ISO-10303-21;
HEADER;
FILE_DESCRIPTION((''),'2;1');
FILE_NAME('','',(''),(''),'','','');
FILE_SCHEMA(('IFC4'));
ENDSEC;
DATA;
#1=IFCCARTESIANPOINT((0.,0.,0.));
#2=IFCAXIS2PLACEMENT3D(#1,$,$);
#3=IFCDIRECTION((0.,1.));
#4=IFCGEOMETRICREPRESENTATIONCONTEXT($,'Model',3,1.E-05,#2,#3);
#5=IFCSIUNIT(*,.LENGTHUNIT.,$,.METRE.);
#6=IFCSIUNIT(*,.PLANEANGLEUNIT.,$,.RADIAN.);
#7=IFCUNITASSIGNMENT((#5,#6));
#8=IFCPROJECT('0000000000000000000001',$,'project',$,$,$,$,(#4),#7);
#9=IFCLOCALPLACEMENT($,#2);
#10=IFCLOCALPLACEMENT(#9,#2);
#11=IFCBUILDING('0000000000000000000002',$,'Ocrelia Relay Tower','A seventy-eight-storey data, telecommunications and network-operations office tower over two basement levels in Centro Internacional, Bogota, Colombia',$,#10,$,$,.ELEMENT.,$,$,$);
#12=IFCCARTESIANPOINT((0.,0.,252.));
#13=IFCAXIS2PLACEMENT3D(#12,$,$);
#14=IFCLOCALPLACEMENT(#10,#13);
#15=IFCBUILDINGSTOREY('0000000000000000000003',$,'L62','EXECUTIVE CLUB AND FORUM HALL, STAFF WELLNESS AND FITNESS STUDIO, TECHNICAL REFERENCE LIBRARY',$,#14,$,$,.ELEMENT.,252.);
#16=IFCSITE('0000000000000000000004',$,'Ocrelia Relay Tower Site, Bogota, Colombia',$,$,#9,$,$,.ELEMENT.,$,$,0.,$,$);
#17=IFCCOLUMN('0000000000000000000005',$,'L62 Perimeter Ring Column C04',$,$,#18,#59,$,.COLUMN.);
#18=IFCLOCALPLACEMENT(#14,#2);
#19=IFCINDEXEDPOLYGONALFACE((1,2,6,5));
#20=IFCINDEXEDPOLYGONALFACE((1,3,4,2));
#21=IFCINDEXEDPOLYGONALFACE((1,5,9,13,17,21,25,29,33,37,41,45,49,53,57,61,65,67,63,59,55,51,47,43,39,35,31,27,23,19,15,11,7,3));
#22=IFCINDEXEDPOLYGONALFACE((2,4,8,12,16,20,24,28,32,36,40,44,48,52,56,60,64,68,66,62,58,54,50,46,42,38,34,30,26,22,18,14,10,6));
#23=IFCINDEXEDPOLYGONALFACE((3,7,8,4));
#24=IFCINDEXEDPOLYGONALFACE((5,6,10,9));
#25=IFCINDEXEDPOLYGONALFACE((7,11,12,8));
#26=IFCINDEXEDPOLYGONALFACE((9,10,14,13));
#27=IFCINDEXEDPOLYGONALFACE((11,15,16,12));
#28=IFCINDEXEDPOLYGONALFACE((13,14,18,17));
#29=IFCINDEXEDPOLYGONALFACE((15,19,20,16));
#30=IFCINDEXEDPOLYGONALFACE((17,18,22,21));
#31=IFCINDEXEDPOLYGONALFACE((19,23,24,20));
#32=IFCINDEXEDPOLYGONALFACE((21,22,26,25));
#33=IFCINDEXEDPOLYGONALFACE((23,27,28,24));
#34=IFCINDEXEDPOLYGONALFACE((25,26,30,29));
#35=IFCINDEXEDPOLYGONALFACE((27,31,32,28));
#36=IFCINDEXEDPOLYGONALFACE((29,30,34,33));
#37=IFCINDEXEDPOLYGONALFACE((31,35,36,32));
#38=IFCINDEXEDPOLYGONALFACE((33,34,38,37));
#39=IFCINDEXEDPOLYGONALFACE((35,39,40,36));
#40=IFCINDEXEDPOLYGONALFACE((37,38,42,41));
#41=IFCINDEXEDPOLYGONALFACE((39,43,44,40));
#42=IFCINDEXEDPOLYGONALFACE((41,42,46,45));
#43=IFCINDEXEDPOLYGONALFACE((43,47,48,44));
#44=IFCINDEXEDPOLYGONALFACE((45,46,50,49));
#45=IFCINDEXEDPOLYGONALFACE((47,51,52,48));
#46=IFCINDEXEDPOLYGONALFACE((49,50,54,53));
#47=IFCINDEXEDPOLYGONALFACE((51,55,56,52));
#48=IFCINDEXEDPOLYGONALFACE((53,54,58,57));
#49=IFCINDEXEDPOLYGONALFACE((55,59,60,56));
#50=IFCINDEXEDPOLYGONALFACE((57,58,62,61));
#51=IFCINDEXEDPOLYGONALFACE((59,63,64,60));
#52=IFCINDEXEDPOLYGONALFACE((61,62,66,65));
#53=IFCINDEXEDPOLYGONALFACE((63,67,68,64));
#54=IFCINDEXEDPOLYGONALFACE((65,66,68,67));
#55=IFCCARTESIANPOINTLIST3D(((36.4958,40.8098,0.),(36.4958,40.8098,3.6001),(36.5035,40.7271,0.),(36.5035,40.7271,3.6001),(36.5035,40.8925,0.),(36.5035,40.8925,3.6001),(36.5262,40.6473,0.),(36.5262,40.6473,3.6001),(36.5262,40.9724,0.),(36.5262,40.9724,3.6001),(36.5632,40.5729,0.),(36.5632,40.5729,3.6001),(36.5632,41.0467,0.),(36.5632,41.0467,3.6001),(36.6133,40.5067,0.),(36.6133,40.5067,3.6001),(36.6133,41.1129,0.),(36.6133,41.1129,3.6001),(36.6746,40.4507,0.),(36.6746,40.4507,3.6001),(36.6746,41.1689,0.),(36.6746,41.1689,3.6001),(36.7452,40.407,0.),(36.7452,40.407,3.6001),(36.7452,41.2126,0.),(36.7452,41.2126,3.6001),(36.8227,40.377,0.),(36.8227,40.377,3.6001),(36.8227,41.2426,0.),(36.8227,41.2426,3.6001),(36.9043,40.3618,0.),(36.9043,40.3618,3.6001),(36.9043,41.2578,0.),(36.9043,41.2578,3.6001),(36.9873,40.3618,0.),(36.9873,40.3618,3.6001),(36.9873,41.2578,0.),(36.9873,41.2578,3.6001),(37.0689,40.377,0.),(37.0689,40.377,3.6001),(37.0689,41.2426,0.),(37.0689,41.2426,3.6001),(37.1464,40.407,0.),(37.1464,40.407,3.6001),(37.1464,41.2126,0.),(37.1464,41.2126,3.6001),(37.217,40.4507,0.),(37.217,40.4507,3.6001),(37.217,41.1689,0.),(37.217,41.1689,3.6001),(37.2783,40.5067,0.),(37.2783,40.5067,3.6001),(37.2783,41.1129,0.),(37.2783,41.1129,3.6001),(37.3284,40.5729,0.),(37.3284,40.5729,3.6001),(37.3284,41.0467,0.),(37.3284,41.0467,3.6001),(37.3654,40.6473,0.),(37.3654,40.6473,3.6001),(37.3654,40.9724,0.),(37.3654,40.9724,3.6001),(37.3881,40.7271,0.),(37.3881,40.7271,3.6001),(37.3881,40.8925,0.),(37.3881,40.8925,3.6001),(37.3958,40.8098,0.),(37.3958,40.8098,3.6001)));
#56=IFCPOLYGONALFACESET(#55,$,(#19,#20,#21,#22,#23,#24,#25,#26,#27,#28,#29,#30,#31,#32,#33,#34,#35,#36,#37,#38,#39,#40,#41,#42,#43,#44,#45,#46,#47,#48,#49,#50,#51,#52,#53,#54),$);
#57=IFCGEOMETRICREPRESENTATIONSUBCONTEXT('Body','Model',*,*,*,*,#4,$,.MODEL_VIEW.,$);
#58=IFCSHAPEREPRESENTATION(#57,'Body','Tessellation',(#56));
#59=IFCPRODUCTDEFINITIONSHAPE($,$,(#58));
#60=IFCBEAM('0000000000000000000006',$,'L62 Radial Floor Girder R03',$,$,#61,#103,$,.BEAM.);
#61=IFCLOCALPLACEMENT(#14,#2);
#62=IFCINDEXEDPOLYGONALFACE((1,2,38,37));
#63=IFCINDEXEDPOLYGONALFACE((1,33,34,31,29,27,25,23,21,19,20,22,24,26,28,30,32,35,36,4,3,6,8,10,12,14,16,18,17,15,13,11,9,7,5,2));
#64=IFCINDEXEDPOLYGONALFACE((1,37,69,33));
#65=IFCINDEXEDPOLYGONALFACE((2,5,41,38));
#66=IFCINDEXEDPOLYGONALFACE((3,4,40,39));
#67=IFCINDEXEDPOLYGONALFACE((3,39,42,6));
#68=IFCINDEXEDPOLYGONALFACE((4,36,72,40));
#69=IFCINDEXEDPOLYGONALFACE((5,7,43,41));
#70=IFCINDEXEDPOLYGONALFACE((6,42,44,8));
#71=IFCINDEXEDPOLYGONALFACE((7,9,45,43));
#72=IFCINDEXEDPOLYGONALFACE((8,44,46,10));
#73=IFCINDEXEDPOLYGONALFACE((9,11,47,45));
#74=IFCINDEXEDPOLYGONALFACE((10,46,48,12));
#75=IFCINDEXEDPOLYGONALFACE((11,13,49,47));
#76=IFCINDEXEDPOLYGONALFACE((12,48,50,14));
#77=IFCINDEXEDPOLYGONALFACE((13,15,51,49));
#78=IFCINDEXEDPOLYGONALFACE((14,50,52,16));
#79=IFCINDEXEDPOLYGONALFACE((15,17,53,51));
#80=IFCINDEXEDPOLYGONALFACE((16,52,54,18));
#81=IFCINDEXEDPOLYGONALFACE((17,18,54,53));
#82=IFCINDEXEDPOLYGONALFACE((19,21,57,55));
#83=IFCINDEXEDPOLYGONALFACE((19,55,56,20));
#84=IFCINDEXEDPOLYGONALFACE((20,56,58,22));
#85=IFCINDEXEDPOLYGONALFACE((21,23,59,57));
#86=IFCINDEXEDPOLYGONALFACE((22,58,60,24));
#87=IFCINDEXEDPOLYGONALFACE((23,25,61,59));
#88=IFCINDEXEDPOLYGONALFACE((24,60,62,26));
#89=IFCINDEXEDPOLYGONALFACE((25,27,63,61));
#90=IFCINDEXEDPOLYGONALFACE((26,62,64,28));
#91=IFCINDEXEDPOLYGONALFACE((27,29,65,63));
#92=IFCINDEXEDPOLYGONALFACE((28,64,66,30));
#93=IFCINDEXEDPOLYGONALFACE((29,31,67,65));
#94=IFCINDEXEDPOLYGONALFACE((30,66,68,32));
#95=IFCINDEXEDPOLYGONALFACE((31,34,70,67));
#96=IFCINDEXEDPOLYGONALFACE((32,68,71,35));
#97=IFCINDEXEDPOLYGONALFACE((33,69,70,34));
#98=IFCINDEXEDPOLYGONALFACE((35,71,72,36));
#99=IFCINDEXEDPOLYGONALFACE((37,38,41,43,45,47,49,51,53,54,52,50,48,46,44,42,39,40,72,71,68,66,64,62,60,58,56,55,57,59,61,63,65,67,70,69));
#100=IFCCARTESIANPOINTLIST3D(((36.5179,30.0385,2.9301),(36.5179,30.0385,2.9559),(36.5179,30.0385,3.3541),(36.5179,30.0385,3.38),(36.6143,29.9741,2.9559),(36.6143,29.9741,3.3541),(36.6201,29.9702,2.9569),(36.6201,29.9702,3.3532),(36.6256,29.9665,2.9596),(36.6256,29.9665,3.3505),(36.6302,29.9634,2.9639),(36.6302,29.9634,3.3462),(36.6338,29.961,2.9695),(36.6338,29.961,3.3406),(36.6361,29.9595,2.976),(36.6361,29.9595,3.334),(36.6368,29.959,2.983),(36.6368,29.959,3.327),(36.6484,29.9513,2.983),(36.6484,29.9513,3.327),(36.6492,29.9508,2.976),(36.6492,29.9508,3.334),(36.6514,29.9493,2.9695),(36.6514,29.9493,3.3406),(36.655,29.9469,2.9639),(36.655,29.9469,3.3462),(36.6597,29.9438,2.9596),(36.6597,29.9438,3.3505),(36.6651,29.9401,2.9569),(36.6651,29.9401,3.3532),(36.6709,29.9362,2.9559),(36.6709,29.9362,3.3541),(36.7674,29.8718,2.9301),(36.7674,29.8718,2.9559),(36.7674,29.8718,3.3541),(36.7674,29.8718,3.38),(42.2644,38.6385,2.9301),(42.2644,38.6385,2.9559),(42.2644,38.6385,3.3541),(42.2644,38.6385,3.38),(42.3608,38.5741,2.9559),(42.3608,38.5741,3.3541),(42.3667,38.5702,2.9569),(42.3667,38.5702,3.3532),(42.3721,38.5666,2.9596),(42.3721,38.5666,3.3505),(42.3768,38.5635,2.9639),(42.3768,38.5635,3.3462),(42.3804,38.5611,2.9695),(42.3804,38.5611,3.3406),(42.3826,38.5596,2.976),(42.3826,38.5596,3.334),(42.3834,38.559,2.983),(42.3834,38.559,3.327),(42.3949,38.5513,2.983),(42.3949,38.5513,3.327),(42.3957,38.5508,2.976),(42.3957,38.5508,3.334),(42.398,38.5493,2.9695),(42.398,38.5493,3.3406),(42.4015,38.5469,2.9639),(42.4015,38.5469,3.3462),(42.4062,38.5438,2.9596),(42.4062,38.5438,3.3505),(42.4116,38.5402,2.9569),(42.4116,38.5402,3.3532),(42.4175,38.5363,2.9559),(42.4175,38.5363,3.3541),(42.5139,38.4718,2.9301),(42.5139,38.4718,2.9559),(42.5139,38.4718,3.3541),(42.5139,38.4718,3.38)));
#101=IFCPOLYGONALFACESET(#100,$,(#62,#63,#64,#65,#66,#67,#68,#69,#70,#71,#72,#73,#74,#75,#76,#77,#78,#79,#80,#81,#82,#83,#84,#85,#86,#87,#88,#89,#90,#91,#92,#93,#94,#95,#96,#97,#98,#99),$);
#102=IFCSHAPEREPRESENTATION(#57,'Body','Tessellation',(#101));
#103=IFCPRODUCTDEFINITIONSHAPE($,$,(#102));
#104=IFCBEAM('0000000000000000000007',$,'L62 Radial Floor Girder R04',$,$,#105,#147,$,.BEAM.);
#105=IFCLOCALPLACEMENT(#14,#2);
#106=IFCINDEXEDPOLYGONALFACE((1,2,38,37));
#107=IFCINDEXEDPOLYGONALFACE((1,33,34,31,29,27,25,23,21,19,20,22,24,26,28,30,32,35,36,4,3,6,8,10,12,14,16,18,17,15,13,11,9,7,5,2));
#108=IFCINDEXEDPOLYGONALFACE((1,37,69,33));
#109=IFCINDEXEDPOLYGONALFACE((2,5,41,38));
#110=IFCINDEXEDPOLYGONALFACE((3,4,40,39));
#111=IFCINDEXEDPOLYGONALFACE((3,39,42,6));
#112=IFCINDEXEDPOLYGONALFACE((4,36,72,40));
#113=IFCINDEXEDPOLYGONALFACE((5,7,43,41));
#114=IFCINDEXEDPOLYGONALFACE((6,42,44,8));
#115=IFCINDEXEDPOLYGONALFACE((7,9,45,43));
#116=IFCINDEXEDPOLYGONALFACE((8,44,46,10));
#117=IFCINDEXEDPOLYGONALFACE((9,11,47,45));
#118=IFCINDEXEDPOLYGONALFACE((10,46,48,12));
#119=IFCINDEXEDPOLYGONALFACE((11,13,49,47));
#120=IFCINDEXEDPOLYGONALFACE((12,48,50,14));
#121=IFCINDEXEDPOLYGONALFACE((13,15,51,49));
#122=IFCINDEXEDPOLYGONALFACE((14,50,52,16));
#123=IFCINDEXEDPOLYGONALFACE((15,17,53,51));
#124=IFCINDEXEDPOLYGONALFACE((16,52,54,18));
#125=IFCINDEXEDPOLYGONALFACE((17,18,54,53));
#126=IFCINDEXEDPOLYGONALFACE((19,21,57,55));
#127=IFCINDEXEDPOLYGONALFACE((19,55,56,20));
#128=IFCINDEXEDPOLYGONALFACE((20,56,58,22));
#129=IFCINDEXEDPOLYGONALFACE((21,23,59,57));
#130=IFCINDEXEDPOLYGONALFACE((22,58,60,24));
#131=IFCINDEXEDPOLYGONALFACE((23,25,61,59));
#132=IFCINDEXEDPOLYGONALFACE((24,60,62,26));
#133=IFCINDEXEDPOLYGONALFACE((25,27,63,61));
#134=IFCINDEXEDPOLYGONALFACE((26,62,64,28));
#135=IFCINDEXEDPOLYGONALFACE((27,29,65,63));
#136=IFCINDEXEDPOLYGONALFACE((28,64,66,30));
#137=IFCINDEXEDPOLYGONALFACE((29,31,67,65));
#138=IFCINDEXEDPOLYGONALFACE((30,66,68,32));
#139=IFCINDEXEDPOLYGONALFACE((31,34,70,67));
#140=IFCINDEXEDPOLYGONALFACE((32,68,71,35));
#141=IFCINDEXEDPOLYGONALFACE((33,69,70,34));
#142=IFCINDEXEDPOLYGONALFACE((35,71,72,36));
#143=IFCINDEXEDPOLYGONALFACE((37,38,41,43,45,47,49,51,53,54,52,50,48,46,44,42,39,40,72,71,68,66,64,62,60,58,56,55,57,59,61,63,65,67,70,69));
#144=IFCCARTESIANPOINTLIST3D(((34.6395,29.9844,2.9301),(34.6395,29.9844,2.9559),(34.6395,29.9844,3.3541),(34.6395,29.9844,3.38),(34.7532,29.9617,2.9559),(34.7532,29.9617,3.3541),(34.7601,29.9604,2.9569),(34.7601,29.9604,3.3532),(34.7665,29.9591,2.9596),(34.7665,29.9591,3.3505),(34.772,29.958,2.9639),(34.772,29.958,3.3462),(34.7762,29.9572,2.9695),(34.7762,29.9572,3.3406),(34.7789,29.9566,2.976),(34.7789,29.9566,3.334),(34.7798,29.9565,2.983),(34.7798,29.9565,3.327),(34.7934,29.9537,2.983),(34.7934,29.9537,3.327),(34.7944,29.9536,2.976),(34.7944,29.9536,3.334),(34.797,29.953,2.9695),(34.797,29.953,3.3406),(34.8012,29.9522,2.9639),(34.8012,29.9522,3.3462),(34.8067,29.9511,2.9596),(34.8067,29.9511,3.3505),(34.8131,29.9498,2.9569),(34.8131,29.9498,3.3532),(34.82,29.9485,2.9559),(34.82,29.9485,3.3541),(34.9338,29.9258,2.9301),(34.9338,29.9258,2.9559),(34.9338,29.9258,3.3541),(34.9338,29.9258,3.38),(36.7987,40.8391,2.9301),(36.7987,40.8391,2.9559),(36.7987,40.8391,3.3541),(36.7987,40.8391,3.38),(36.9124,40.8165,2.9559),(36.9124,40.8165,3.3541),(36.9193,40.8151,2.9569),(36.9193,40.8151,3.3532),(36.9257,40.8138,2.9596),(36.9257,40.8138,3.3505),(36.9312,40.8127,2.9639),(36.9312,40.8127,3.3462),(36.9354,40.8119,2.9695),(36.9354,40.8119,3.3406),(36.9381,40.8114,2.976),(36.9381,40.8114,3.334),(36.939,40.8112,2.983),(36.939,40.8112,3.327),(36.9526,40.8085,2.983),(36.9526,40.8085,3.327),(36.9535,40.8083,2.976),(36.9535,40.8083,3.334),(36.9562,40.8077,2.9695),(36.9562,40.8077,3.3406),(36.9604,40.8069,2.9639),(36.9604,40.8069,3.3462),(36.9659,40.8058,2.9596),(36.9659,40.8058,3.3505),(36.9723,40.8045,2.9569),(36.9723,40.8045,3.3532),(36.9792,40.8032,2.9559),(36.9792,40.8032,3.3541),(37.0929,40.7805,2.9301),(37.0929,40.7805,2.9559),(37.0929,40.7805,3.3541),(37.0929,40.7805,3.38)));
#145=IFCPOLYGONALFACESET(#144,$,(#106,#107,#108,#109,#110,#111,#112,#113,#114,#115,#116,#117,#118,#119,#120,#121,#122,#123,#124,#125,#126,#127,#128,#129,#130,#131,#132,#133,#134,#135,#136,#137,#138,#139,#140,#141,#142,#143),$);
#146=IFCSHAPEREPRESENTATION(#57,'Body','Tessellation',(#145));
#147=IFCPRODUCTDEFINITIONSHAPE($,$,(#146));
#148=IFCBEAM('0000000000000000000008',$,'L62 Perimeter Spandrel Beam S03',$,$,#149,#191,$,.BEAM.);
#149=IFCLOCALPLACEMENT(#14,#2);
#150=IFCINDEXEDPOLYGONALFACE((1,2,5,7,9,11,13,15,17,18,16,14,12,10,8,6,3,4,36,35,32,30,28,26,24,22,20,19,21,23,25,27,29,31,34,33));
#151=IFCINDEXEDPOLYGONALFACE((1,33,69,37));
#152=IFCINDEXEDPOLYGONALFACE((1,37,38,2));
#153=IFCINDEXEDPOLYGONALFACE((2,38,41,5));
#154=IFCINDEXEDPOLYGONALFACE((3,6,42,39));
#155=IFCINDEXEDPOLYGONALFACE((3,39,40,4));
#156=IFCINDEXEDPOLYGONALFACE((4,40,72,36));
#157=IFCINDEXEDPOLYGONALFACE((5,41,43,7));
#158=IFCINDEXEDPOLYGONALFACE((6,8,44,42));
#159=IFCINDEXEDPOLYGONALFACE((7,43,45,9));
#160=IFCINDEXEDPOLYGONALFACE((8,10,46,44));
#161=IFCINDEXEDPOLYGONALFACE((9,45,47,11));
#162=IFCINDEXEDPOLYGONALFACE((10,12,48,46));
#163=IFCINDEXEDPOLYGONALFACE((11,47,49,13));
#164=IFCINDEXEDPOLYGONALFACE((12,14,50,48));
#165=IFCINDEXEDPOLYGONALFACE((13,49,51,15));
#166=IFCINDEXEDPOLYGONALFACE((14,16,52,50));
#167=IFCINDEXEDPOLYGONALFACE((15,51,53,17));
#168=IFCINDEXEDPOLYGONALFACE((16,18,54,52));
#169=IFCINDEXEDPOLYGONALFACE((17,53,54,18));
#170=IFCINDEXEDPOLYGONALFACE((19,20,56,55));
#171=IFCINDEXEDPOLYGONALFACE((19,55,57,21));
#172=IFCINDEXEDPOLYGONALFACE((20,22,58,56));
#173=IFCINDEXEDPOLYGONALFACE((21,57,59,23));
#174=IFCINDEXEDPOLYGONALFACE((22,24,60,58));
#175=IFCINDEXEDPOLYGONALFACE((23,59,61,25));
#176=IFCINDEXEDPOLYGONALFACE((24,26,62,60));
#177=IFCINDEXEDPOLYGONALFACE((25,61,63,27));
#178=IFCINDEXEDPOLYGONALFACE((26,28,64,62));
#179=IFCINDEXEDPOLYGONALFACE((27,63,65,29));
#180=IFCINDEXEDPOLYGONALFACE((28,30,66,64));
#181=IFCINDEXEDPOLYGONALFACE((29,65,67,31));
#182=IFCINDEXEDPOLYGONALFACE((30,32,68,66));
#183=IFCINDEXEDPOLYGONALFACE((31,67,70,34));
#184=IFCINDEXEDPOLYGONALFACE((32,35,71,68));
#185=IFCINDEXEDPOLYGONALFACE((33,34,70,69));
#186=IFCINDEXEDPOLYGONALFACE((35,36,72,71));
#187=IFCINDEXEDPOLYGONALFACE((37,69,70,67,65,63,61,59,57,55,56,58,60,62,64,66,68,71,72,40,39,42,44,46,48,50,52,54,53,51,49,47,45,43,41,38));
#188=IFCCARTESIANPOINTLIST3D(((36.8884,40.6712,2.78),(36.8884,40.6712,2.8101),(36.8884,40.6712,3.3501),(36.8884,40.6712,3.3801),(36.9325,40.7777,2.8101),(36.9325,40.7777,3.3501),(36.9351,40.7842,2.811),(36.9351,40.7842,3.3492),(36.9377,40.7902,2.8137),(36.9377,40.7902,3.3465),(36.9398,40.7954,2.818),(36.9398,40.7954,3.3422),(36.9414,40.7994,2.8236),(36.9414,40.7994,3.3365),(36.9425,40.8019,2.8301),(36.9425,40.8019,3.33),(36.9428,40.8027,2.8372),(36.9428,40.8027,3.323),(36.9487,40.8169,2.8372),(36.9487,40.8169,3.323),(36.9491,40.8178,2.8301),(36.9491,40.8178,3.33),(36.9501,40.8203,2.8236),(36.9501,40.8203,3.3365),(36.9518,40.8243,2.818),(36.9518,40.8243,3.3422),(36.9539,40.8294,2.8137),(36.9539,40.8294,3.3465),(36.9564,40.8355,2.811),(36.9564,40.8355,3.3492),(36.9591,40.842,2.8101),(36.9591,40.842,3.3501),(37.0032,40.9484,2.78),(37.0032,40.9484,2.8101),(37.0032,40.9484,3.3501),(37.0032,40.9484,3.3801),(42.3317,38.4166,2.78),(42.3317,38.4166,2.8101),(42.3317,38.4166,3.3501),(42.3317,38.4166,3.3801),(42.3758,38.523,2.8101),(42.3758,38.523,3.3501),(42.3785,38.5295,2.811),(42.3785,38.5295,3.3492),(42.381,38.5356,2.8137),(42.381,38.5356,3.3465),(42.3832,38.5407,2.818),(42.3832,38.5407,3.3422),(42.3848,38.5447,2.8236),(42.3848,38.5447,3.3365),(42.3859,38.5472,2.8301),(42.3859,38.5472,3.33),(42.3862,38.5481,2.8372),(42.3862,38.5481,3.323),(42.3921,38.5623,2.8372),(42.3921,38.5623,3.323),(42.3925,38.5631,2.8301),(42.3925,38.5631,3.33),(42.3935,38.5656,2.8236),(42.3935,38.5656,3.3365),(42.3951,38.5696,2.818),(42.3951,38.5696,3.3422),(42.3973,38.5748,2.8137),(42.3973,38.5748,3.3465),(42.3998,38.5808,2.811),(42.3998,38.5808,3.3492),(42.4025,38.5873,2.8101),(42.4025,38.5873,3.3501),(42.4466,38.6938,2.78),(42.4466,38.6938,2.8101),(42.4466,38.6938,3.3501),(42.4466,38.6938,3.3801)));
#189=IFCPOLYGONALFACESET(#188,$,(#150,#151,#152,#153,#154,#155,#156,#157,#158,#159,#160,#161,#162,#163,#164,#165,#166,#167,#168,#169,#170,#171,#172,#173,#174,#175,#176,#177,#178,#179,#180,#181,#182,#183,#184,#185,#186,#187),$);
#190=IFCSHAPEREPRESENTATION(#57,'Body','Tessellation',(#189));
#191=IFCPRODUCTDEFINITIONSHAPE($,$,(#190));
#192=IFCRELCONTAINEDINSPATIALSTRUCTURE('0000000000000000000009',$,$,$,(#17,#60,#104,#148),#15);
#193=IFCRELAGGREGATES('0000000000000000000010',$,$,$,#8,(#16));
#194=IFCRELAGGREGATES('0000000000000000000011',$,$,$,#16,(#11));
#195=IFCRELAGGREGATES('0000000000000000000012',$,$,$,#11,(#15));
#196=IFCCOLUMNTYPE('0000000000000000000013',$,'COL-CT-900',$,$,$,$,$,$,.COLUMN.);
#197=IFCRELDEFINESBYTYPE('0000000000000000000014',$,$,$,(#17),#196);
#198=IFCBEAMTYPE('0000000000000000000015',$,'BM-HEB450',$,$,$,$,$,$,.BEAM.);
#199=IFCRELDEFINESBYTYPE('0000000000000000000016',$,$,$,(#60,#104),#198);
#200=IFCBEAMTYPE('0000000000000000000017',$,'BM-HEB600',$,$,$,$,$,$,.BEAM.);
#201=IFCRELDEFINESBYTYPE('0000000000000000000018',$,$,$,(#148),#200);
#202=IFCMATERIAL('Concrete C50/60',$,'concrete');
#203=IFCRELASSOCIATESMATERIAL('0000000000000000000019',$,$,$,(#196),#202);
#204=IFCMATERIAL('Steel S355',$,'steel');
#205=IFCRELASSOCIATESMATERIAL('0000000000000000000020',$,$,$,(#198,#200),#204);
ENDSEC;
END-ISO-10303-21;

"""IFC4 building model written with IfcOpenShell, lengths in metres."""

from ifc_helpers import new_model, si_unit, direction, frame, origin, origin_2d, place, context, subcontext, project, spatial, circle, i_section, extrude, material, material_profile, profile_set, type_object, element, save


model = new_model("IFC4")

# Units and contexts
model_context = context("Model", 3, precision=1e-05, world=origin(), true_north=direction((0.0, 1.0)))
body_context = subcontext(model_context, "Body", "Model", "MODEL_VIEW")
ifc_project = project(units=[si_unit("LENGTHUNIT", "METRE"), si_unit("PLANEANGLEUNIT", "RADIAN")], contexts=[model_context])

# Site, building, storey
site_placement = place(None, origin())
site = spatial("IfcSite", under=ifc_project, at=site_placement, Name="Ocrelia Relay Tower Site, Bogota, Colombia", CompositionType="ELEMENT", RefElevation=0.0)
building_placement = place(site_placement, origin())
building = spatial("IfcBuilding", under=site, at=building_placement, Name="Ocrelia Relay Tower", Description="A seventy-eight-storey data, telecommunications and network-operations office tower over two basement levels in Centro Internacional, Bogota, Colombia", CompositionType="ELEMENT")
storey_placement = place(building_placement, frame((0.0, 0.0, 252.0)))
storey = spatial("IfcBuildingStorey", under=building, at=storey_placement, Name="L62", Description="EXECUTIVE CLUB AND FORUM HALL, STAFF WELLNESS AND FITNESS STUDIO, TECHNICAL REFERENCE LIBRARY", CompositionType="ELEMENT", Elevation=252.0)

# Column
ifc_material_1 = material(Name="Concrete C50/60", Category="concrete")
ifc_material_profile_1 = material_profile(ifc_material_1, circle(Radius=0.45, at=origin_2d()), Name="RC-CIR-900")
ifc_profile_set_1 = profile_set([ifc_material_profile_1], Name="Concrete C50/60")
column_type = type_object("IfcColumnType", Name="COL-CT-900", PredefinedType="COLUMN", material=ifc_profile_set_1)
column_placement = place(storey_placement, frame((36.9458, 40.8098, 0.0), z_axis=(0.0, 0.0, 1.0), x_axis=(1.0, 0.0, 0.0)))
element("IfcColumn", 1, at=column_placement, inside=storey, type_object=column_type, Name="L62 Perimeter Ring Column C04", PredefinedType="COLUMN", context=body_context, shape_type="SweptSolid", body=[
    extrude(circle(Radius=0.45, at=origin_2d()), origin(), (0.0, 0.0, 1.0), 3.6001),
])

# Beams
ifc_material_2 = material(Name="Steel S355", Category="steel")
ifc_material_profile_2 = material_profile(ifc_material_2, i_section(OverallWidth=0.3, OverallDepth=0.45, WebThickness=0.0139, FlangeThickness=0.0259, FilletRadius=0.0271, at=origin_2d()), Name="HEB 450")
ifc_profile_set_2 = profile_set([ifc_material_profile_2], Name="Steel S355")
beam_type_1 = type_object("IfcBeamType", Name="BM-HEB450", PredefinedType="BEAM", material=ifc_profile_set_2)
beam_1_placement = place(storey_placement, frame((42.3892, 38.5552, 3.155), z_axis=(-0.555582, -0.831462, 0.0), x_axis=(0.831462, -0.555582, 0.0)))
element("IfcBeam", 2, at=beam_1_placement, inside=storey, type_object=beam_type_1, Name="L62 Radial Floor Girder R03", PredefinedType="BEAM", context=body_context, shape_type="SweptSolid", body=[
    extrude(i_section(OverallWidth=0.3, OverallDepth=0.45, WebThickness=0.0139, FlangeThickness=0.0259, FilletRadius=0.0271, at=origin_2d()), origin(), (0.0, 0.0, 1.0), 10.3433),
])
beam_2_placement = place(storey_placement, frame((36.9458, 40.8098, 3.155), z_axis=(-0.195094, -0.980785, 0.0), x_axis=(0.980785, -0.195094, 0.0)))
element("IfcBeam", 3, at=beam_2_placement, inside=storey, type_object=beam_type_1, Name="L62 Radial Floor Girder R04", PredefinedType="BEAM", context=body_context, shape_type="SweptSolid", body=[
    extrude(i_section(OverallWidth=0.3, OverallDepth=0.45, WebThickness=0.0139, FlangeThickness=0.0259, FilletRadius=0.0271, at=origin_2d()), origin(), (0.0, 0.0, 1.0), 11.0674),
])
ifc_material_profile_3 = material_profile(ifc_material_2, i_section(OverallWidth=0.3, OverallDepth=0.6001, WebThickness=0.0154, FlangeThickness=0.03, FilletRadius=0.0271, at=origin_2d()), Name="HEB 600")
ifc_profile_set_3 = profile_set([ifc_material_profile_3], Name="Steel S355")
beam_type_2 = type_object("IfcBeamType", Name="BM-HEB600", PredefinedType="BEAM", material=ifc_profile_set_3)
beam_3_placement = place(storey_placement, frame((42.3892, 38.5552, 3.0801), z_axis=(-0.923884, 0.382673, 0.0), x_axis=(-0.382673, -0.923884, 0.0)))
element("IfcBeam", 4, at=beam_3_placement, inside=storey, type_object=beam_type_2, Name="L62 Perimeter Spandrel Beam S03", PredefinedType="BEAM", context=body_context, shape_type="SweptSolid", body=[
    extrude(i_section(OverallWidth=0.3, OverallDepth=0.6001, WebThickness=0.0154, FlangeThickness=0.03, FilletRadius=0.0271, at=origin_2d()), origin(), (0.0, 0.0, 1.0), 5.8918),
])

save(model, "model.ifc")
